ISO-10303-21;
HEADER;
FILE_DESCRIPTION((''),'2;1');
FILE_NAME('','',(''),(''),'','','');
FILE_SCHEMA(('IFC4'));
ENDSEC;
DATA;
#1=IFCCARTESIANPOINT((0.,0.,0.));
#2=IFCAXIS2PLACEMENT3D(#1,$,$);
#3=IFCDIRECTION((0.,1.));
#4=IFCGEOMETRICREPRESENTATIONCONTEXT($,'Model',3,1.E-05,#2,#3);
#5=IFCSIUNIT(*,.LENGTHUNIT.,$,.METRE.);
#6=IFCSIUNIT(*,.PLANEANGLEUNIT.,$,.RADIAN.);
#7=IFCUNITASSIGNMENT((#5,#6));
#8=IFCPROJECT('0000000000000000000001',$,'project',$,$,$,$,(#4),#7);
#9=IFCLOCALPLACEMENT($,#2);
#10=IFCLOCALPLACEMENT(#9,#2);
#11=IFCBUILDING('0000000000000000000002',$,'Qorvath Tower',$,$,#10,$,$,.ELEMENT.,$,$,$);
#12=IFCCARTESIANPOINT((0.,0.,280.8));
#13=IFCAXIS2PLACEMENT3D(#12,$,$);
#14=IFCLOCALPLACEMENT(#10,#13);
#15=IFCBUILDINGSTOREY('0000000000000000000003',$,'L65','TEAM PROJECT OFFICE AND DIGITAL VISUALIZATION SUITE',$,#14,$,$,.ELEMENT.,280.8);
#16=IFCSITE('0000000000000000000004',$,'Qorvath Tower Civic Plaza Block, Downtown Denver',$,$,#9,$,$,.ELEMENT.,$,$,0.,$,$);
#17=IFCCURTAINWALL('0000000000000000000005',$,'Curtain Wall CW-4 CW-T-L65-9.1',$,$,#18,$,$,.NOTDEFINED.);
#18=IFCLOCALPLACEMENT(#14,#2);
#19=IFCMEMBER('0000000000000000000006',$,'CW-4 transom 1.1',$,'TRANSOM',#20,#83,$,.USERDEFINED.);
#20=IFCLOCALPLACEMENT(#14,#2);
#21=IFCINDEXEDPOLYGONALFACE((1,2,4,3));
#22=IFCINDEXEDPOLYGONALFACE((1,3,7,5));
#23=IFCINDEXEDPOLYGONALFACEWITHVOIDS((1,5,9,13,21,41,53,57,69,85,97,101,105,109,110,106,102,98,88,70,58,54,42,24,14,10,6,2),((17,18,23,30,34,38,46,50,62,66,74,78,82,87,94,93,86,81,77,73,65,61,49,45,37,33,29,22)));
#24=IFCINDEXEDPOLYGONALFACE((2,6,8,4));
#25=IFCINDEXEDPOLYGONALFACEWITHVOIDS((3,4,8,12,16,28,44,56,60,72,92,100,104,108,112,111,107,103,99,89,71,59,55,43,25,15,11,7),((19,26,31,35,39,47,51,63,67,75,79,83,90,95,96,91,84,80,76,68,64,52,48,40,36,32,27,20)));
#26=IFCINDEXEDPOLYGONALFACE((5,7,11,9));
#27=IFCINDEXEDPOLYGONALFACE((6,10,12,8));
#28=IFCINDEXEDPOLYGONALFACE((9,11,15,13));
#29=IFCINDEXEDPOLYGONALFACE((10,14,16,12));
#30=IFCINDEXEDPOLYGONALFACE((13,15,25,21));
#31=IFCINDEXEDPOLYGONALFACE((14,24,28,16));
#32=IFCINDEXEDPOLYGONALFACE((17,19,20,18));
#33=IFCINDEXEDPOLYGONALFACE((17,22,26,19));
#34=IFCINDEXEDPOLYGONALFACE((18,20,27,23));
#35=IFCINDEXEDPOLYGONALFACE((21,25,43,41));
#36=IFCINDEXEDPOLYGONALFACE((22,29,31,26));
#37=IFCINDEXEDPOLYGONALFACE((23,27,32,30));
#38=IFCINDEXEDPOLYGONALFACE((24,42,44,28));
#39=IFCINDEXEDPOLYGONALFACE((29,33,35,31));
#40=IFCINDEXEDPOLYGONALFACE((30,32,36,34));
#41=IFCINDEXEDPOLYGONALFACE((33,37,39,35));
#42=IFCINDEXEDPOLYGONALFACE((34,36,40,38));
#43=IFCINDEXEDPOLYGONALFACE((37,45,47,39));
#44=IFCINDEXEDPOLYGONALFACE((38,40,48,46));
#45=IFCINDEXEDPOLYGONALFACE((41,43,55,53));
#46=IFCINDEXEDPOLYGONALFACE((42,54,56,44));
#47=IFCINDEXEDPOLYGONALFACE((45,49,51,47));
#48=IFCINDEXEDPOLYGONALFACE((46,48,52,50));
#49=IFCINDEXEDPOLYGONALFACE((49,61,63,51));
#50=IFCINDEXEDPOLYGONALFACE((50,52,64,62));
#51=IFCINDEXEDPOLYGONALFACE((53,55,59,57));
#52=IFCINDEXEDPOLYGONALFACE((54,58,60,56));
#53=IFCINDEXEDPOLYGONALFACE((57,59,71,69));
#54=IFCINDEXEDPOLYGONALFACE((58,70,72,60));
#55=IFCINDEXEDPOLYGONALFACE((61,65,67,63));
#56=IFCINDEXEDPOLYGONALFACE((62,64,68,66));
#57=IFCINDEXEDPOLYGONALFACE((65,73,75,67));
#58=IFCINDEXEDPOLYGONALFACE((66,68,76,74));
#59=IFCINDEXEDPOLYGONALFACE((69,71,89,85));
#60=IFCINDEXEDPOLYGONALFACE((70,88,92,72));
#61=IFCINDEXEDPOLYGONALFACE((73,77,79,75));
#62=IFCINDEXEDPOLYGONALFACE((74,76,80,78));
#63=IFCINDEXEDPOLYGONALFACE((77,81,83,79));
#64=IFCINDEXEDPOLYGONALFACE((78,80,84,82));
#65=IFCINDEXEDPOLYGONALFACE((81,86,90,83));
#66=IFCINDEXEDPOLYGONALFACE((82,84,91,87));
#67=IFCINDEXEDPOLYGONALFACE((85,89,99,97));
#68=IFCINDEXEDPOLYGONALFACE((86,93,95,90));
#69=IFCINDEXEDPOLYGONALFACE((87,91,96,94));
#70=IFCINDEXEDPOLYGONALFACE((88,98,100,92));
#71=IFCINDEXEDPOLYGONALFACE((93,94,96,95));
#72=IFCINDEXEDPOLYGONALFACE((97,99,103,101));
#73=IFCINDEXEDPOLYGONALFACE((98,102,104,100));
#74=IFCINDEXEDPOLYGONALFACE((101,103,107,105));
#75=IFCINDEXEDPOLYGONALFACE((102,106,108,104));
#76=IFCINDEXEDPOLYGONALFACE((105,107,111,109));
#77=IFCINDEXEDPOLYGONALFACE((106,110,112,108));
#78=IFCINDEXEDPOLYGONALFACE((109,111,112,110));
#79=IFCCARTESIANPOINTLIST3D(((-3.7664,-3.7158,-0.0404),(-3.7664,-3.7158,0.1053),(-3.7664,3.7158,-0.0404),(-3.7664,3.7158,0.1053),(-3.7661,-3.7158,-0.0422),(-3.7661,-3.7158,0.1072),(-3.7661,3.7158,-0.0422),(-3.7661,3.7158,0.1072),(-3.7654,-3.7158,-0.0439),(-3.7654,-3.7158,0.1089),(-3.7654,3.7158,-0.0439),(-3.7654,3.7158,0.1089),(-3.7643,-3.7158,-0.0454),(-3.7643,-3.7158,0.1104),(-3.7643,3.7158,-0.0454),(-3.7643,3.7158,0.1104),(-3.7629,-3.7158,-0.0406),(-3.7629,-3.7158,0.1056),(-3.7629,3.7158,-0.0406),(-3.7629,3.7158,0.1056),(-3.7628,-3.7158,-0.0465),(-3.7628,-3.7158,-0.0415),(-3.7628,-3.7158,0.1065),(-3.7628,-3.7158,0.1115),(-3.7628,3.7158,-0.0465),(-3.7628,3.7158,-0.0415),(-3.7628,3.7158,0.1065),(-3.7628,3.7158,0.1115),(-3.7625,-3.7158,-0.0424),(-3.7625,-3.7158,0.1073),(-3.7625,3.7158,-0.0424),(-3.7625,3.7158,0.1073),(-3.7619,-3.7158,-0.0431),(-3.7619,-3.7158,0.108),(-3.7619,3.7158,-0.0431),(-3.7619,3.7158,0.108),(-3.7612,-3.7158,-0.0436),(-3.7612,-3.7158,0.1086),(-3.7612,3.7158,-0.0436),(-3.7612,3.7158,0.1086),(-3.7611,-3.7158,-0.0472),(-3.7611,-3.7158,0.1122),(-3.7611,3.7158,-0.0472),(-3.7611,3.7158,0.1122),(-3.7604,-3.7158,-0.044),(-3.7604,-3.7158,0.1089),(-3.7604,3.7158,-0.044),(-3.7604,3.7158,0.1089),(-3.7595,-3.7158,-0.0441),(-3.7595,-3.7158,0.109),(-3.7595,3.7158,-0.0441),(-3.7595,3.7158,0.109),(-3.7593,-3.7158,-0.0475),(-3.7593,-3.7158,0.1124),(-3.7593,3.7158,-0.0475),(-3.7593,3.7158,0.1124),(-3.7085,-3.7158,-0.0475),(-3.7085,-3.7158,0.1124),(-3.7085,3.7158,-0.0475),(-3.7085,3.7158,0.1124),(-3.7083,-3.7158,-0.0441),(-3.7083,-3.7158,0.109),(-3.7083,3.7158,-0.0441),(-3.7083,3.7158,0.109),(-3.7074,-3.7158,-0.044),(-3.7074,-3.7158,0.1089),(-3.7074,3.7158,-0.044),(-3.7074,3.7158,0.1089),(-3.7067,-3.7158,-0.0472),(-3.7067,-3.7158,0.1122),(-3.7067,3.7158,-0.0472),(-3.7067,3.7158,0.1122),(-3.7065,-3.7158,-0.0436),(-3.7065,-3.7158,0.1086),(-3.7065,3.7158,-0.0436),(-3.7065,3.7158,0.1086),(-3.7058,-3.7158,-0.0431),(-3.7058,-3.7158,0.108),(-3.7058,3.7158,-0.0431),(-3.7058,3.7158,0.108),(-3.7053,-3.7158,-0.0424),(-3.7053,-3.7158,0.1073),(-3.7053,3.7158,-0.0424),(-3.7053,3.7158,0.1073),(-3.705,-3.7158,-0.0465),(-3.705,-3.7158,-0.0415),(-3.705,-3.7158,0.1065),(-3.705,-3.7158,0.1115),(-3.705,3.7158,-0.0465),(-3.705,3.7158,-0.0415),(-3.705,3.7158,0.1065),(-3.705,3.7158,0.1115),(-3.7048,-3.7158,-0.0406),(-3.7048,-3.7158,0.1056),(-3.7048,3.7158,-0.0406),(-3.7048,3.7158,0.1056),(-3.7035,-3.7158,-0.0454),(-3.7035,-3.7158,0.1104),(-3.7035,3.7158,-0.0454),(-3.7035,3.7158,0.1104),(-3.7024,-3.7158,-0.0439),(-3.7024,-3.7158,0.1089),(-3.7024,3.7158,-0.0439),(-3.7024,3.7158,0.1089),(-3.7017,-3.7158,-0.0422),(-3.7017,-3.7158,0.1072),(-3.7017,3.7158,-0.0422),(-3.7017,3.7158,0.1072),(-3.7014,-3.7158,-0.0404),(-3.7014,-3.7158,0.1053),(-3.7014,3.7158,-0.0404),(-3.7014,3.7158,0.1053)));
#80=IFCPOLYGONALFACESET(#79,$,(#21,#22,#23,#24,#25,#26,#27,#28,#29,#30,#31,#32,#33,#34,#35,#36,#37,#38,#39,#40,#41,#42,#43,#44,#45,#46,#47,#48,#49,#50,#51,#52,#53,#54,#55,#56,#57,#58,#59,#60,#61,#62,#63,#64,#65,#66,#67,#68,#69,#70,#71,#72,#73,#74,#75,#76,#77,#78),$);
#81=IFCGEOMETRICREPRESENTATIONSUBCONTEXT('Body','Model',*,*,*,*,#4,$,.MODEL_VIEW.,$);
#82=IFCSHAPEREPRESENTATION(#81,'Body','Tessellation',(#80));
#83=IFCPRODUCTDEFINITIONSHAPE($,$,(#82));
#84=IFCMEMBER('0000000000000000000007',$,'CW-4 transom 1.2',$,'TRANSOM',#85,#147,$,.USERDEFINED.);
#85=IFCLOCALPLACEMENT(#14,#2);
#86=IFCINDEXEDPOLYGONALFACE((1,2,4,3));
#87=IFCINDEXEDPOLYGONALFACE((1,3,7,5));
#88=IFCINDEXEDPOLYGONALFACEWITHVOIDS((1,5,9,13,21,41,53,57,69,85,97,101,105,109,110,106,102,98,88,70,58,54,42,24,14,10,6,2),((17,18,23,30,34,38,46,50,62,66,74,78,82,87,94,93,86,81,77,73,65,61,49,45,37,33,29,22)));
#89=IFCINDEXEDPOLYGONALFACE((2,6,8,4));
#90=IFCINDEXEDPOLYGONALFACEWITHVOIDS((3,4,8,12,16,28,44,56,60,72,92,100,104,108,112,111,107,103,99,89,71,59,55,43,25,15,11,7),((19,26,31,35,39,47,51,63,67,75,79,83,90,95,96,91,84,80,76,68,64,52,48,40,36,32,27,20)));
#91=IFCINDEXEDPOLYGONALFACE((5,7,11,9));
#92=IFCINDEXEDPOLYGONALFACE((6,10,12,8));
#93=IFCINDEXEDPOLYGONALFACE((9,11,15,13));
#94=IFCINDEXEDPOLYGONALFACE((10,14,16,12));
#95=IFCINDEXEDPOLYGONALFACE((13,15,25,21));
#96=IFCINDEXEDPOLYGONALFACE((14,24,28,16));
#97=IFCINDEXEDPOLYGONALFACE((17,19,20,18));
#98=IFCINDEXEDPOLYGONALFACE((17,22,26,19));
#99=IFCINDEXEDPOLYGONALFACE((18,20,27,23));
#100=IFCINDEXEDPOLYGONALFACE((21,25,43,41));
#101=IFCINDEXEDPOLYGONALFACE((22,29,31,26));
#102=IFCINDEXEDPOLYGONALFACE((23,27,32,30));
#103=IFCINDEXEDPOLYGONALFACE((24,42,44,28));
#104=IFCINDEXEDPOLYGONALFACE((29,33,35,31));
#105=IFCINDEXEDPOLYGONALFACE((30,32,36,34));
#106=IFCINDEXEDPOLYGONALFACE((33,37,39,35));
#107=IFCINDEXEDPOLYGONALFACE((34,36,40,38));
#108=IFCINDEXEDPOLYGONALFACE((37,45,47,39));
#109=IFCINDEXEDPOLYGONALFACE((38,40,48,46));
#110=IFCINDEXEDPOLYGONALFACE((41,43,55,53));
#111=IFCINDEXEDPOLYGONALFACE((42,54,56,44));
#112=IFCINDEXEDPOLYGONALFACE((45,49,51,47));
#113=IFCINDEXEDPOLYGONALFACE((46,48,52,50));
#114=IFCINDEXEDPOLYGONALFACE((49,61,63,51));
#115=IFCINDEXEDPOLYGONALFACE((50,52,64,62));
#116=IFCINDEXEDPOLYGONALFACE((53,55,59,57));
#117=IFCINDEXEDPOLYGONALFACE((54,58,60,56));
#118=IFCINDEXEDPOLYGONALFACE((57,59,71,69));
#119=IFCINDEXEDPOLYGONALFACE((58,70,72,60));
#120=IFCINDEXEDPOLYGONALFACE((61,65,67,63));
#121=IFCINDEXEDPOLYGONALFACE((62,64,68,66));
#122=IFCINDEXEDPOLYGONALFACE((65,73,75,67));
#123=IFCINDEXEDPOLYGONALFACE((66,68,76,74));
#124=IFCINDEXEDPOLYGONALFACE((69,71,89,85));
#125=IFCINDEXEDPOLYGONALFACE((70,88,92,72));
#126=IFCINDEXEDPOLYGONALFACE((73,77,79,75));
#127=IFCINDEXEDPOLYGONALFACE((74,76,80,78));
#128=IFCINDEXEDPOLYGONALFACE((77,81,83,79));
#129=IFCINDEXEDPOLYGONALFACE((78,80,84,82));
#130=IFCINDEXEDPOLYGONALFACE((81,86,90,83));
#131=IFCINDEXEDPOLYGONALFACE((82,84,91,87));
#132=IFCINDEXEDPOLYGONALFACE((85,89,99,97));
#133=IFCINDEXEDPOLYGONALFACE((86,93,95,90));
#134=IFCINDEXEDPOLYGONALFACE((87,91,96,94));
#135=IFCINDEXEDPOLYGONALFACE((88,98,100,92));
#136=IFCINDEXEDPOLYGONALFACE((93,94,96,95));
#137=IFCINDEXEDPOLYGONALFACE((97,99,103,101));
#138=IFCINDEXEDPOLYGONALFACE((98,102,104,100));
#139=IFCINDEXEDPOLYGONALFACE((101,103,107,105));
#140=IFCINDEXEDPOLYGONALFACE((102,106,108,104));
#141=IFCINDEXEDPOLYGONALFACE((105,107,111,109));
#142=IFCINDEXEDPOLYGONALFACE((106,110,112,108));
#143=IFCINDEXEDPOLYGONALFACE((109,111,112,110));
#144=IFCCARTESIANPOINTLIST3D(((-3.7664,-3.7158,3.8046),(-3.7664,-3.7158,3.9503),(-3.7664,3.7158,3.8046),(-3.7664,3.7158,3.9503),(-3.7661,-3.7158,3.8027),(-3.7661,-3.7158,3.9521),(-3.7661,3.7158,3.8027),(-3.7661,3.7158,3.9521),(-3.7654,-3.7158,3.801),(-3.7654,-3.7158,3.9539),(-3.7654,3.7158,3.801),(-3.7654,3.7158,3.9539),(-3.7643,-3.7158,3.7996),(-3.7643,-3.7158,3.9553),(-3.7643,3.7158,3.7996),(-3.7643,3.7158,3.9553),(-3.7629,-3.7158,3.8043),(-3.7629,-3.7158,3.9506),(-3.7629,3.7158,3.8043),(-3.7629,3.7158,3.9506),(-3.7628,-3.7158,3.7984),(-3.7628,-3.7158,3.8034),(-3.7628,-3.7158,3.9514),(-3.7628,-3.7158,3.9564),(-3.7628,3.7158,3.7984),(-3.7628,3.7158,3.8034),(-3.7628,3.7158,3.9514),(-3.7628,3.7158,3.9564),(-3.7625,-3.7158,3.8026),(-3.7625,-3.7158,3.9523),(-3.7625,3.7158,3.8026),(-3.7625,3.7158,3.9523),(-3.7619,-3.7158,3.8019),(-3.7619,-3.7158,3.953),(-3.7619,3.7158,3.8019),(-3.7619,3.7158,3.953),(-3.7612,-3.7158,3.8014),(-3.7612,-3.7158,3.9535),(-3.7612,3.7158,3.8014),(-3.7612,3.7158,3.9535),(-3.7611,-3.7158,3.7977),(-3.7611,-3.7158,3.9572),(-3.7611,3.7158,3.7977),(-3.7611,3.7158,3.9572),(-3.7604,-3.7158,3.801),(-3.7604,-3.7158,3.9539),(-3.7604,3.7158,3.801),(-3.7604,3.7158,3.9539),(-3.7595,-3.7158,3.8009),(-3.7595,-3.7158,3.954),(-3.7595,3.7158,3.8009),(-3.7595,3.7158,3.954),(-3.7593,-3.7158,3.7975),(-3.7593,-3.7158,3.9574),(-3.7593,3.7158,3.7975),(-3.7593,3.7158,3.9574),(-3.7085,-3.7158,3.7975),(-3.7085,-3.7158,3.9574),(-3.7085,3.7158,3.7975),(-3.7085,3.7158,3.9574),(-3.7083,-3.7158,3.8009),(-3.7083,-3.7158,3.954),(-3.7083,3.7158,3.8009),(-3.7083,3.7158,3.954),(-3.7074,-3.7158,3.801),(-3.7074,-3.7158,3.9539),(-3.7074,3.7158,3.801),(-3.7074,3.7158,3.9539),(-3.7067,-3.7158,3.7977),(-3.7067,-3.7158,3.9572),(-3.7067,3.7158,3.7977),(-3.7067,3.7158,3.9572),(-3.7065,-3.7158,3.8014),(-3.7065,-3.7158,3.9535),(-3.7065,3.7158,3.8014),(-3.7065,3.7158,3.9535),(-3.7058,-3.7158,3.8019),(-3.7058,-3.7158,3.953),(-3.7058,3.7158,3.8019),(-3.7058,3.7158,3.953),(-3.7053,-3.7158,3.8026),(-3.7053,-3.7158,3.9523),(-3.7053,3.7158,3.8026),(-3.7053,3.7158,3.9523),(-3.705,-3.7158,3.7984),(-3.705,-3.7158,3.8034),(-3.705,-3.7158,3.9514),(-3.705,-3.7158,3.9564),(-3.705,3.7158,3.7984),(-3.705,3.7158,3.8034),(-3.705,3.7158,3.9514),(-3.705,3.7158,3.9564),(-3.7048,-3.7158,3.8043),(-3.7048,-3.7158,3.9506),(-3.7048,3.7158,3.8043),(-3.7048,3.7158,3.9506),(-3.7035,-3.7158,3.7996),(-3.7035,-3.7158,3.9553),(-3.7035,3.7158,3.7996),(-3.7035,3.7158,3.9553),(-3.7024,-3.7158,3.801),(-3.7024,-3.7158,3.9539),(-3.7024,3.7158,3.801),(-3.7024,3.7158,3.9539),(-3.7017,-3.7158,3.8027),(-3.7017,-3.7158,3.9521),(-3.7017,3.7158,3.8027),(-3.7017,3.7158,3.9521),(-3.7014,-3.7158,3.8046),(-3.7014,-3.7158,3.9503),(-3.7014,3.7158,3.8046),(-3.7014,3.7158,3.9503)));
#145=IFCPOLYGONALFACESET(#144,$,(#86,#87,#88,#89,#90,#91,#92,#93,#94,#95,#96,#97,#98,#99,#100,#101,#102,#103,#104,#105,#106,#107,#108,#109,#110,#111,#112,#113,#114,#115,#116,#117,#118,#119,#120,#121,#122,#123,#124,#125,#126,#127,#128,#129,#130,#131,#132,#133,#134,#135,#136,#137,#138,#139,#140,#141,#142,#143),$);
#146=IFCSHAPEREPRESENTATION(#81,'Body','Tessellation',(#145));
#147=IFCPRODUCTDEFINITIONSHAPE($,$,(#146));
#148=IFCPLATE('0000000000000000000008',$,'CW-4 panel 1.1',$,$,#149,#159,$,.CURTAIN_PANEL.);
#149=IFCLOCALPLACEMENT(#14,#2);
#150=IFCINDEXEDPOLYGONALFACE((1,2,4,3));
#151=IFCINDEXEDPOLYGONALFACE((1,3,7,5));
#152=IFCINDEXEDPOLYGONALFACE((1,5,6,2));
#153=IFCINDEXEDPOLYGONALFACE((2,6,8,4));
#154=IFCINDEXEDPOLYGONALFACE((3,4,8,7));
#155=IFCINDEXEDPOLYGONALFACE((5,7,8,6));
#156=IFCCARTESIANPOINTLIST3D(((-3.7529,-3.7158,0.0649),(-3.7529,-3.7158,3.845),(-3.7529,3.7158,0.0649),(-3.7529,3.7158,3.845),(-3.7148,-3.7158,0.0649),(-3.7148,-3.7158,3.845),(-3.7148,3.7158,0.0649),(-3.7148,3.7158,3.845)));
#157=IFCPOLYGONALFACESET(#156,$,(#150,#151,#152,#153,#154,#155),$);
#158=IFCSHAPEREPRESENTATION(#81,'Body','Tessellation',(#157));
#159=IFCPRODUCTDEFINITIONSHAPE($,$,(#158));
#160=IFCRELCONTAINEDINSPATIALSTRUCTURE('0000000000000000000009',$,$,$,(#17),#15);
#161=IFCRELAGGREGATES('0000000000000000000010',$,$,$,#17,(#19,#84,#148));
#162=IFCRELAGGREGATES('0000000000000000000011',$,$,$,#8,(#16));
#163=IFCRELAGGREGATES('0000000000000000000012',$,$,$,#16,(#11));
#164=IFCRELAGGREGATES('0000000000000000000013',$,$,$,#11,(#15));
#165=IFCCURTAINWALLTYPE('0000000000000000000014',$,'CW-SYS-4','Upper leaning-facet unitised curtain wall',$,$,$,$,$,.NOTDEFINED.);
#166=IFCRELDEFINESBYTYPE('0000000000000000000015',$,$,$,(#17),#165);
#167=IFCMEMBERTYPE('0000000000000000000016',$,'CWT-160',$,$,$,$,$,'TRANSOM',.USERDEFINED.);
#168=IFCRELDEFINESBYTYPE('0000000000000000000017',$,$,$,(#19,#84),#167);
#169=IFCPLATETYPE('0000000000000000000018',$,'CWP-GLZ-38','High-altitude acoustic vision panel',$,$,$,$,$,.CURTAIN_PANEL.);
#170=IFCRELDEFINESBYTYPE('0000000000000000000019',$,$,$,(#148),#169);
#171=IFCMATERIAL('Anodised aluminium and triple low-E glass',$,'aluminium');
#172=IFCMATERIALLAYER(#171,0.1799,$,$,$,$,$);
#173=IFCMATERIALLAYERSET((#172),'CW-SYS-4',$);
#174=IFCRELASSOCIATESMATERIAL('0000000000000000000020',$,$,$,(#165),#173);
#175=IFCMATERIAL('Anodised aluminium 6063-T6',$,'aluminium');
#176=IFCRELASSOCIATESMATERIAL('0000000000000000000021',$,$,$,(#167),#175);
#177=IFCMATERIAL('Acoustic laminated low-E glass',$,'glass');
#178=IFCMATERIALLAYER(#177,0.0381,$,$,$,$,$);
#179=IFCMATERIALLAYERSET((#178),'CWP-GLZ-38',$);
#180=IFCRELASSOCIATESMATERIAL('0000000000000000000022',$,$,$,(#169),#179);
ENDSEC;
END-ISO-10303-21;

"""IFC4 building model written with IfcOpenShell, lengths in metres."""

from ifc_helpers import new_model, si_unit, direction, frame, origin, origin_2d, place, context, subcontext, project, spatial, rectangle, hollow_rectangle, extrude, material, layer, layer_set, material_profile, profile_set, type_object, element, aggregate, save


model = new_model("IFC4")

# Units and contexts
model_context = context("Model", 3, precision=1e-05, world=origin(), true_north=direction((0.0, 1.0)))
body_context = subcontext(model_context, "Body", "Model", "MODEL_VIEW")
ifc_project = project(units=[si_unit("LENGTHUNIT", "METRE"), si_unit("PLANEANGLEUNIT", "RADIAN")], contexts=[model_context])

# Site, building, storey
site_placement = place(None, origin())
site = spatial("IfcSite", under=ifc_project, at=site_placement, Name="Qorvath Tower Civic Plaza Block, Downtown Denver", CompositionType="ELEMENT", RefElevation=0.0)
building_placement = place(site_placement, origin())
building = spatial("IfcBuilding", under=site, at=building_placement, Name="Qorvath Tower", CompositionType="ELEMENT")
storey_placement = place(building_placement, frame((0.0, 0.0, 280.8)))
storey = spatial("IfcBuildingStorey", under=building, at=storey_placement, Name="L65", Description="TEAM PROJECT OFFICE AND DIGITAL VISUALIZATION SUITE", CompositionType="ELEMENT", Elevation=280.8)

# Shared definitions
ifc_material_1 = material(Name="Anodised aluminium and triple low-E glass", Category="aluminium")
ifc_layer_1 = layer(ifc_material_1, 0.1799)
ifc_layer_set_1 = layer_set([ifc_layer_1], Name="CW-SYS-4")
curtain_wall_type = type_object("IfcCurtainWallType", Name="CW-SYS-4", Description="Upper leaning-facet unitised curtain wall", PredefinedType="NOTDEFINED", material=ifc_layer_set_1)

# Curtain wall, members, plate
curtain_wall_1_placement = place(storey_placement, origin())
curtain_wall_1 = element("IfcCurtainWall", 1, at=curtain_wall_1_placement, inside=storey, type_object=curtain_wall_type, Name="Curtain Wall CW-4 CW-T-L65-9.1", PredefinedType="NOTDEFINED")
ifc_material_2 = material(Name="Anodised aluminium 6063-T6", Category="aluminium")
ifc_material_profile_1 = material_profile(ifc_material_2, hollow_rectangle(XDim=0.0649, YDim=0.1599, WallThickness=0.0034, InnerFilletRadius=0.0034, OuterFilletRadius=0.0071, at=origin_2d()), Name="CWT 160x65")
ifc_profile_set_1 = profile_set([ifc_material_profile_1], Name="Anodised aluminium 6063-T6")
member_type_1 = type_object("IfcMemberType", Name="CWT-160", ElementType="TRANSOM", PredefinedType="USERDEFINED", material=ifc_profile_set_1)
member_1_placement = place(storey_placement, frame((-3.7339, -3.7158, 0.0325), z_axis=(0.0, 1.0, 0.0), x_axis=(-1.0, 0.0, 0.0)))
member_1 = element("IfcMember", 2, at=member_1_placement, type_object=member_type_1, Name="CW-4 transom 1.1", ObjectType="TRANSOM", PredefinedType="USERDEFINED", context=body_context, shape_type="SweptSolid", body=[
    extrude(hollow_rectangle(XDim=0.0649, YDim=0.1599, WallThickness=0.0034, InnerFilletRadius=0.0034, OuterFilletRadius=0.0071, at=origin_2d()), origin(), (0.0, 0.0, 1.0), 7.4316),
])
member_2_placement = place(storey_placement, frame((-3.7339, -3.7158, 3.8774), z_axis=(0.0, 1.0, 0.0), x_axis=(-1.0, 0.0, 0.0)))
member_2 = element("IfcMember", 3, at=member_2_placement, type_object=member_type_1, Name="CW-4 transom 1.2", ObjectType="TRANSOM", PredefinedType="USERDEFINED", context=body_context, shape_type="SweptSolid", body=[
    extrude(hollow_rectangle(XDim=0.0649, YDim=0.1599, WallThickness=0.0034, InnerFilletRadius=0.0034, OuterFilletRadius=0.0071, at=origin_2d()), origin(), (0.0, 0.0, 1.0), 7.4316),
])
ifc_material_3 = material(Name="Acoustic laminated low-E glass", Category="glass")
ifc_layer_2 = layer(ifc_material_3, 0.0381)
ifc_layer_set_2 = layer_set([ifc_layer_2], Name="CWP-GLZ-38")
plate_type = type_object("IfcPlateType", Name="CWP-GLZ-38", Description="High-altitude acoustic vision panel", PredefinedType="CURTAIN_PANEL", material=ifc_layer_set_2)
plate_placement = place(storey_placement, frame((-3.7339, 0.0, 0.0649), z_axis=(0.0, 0.0, 1.0), x_axis=(0.0, 1.0, 0.0)))
plate = element("IfcPlate", 4, at=plate_placement, type_object=plate_type, Name="CW-4 panel 1.1", PredefinedType="CURTAIN_PANEL", context=body_context, shape_type="SweptSolid", body=[
    extrude(rectangle(XDim=7.4316, YDim=0.0381, at=origin_2d()), origin(), (0.0, 0.0, 1.0), 3.78),
])
aggregate(curtain_wall_1, [member_1, member_2, plate])

save(model, "model.ifc")
